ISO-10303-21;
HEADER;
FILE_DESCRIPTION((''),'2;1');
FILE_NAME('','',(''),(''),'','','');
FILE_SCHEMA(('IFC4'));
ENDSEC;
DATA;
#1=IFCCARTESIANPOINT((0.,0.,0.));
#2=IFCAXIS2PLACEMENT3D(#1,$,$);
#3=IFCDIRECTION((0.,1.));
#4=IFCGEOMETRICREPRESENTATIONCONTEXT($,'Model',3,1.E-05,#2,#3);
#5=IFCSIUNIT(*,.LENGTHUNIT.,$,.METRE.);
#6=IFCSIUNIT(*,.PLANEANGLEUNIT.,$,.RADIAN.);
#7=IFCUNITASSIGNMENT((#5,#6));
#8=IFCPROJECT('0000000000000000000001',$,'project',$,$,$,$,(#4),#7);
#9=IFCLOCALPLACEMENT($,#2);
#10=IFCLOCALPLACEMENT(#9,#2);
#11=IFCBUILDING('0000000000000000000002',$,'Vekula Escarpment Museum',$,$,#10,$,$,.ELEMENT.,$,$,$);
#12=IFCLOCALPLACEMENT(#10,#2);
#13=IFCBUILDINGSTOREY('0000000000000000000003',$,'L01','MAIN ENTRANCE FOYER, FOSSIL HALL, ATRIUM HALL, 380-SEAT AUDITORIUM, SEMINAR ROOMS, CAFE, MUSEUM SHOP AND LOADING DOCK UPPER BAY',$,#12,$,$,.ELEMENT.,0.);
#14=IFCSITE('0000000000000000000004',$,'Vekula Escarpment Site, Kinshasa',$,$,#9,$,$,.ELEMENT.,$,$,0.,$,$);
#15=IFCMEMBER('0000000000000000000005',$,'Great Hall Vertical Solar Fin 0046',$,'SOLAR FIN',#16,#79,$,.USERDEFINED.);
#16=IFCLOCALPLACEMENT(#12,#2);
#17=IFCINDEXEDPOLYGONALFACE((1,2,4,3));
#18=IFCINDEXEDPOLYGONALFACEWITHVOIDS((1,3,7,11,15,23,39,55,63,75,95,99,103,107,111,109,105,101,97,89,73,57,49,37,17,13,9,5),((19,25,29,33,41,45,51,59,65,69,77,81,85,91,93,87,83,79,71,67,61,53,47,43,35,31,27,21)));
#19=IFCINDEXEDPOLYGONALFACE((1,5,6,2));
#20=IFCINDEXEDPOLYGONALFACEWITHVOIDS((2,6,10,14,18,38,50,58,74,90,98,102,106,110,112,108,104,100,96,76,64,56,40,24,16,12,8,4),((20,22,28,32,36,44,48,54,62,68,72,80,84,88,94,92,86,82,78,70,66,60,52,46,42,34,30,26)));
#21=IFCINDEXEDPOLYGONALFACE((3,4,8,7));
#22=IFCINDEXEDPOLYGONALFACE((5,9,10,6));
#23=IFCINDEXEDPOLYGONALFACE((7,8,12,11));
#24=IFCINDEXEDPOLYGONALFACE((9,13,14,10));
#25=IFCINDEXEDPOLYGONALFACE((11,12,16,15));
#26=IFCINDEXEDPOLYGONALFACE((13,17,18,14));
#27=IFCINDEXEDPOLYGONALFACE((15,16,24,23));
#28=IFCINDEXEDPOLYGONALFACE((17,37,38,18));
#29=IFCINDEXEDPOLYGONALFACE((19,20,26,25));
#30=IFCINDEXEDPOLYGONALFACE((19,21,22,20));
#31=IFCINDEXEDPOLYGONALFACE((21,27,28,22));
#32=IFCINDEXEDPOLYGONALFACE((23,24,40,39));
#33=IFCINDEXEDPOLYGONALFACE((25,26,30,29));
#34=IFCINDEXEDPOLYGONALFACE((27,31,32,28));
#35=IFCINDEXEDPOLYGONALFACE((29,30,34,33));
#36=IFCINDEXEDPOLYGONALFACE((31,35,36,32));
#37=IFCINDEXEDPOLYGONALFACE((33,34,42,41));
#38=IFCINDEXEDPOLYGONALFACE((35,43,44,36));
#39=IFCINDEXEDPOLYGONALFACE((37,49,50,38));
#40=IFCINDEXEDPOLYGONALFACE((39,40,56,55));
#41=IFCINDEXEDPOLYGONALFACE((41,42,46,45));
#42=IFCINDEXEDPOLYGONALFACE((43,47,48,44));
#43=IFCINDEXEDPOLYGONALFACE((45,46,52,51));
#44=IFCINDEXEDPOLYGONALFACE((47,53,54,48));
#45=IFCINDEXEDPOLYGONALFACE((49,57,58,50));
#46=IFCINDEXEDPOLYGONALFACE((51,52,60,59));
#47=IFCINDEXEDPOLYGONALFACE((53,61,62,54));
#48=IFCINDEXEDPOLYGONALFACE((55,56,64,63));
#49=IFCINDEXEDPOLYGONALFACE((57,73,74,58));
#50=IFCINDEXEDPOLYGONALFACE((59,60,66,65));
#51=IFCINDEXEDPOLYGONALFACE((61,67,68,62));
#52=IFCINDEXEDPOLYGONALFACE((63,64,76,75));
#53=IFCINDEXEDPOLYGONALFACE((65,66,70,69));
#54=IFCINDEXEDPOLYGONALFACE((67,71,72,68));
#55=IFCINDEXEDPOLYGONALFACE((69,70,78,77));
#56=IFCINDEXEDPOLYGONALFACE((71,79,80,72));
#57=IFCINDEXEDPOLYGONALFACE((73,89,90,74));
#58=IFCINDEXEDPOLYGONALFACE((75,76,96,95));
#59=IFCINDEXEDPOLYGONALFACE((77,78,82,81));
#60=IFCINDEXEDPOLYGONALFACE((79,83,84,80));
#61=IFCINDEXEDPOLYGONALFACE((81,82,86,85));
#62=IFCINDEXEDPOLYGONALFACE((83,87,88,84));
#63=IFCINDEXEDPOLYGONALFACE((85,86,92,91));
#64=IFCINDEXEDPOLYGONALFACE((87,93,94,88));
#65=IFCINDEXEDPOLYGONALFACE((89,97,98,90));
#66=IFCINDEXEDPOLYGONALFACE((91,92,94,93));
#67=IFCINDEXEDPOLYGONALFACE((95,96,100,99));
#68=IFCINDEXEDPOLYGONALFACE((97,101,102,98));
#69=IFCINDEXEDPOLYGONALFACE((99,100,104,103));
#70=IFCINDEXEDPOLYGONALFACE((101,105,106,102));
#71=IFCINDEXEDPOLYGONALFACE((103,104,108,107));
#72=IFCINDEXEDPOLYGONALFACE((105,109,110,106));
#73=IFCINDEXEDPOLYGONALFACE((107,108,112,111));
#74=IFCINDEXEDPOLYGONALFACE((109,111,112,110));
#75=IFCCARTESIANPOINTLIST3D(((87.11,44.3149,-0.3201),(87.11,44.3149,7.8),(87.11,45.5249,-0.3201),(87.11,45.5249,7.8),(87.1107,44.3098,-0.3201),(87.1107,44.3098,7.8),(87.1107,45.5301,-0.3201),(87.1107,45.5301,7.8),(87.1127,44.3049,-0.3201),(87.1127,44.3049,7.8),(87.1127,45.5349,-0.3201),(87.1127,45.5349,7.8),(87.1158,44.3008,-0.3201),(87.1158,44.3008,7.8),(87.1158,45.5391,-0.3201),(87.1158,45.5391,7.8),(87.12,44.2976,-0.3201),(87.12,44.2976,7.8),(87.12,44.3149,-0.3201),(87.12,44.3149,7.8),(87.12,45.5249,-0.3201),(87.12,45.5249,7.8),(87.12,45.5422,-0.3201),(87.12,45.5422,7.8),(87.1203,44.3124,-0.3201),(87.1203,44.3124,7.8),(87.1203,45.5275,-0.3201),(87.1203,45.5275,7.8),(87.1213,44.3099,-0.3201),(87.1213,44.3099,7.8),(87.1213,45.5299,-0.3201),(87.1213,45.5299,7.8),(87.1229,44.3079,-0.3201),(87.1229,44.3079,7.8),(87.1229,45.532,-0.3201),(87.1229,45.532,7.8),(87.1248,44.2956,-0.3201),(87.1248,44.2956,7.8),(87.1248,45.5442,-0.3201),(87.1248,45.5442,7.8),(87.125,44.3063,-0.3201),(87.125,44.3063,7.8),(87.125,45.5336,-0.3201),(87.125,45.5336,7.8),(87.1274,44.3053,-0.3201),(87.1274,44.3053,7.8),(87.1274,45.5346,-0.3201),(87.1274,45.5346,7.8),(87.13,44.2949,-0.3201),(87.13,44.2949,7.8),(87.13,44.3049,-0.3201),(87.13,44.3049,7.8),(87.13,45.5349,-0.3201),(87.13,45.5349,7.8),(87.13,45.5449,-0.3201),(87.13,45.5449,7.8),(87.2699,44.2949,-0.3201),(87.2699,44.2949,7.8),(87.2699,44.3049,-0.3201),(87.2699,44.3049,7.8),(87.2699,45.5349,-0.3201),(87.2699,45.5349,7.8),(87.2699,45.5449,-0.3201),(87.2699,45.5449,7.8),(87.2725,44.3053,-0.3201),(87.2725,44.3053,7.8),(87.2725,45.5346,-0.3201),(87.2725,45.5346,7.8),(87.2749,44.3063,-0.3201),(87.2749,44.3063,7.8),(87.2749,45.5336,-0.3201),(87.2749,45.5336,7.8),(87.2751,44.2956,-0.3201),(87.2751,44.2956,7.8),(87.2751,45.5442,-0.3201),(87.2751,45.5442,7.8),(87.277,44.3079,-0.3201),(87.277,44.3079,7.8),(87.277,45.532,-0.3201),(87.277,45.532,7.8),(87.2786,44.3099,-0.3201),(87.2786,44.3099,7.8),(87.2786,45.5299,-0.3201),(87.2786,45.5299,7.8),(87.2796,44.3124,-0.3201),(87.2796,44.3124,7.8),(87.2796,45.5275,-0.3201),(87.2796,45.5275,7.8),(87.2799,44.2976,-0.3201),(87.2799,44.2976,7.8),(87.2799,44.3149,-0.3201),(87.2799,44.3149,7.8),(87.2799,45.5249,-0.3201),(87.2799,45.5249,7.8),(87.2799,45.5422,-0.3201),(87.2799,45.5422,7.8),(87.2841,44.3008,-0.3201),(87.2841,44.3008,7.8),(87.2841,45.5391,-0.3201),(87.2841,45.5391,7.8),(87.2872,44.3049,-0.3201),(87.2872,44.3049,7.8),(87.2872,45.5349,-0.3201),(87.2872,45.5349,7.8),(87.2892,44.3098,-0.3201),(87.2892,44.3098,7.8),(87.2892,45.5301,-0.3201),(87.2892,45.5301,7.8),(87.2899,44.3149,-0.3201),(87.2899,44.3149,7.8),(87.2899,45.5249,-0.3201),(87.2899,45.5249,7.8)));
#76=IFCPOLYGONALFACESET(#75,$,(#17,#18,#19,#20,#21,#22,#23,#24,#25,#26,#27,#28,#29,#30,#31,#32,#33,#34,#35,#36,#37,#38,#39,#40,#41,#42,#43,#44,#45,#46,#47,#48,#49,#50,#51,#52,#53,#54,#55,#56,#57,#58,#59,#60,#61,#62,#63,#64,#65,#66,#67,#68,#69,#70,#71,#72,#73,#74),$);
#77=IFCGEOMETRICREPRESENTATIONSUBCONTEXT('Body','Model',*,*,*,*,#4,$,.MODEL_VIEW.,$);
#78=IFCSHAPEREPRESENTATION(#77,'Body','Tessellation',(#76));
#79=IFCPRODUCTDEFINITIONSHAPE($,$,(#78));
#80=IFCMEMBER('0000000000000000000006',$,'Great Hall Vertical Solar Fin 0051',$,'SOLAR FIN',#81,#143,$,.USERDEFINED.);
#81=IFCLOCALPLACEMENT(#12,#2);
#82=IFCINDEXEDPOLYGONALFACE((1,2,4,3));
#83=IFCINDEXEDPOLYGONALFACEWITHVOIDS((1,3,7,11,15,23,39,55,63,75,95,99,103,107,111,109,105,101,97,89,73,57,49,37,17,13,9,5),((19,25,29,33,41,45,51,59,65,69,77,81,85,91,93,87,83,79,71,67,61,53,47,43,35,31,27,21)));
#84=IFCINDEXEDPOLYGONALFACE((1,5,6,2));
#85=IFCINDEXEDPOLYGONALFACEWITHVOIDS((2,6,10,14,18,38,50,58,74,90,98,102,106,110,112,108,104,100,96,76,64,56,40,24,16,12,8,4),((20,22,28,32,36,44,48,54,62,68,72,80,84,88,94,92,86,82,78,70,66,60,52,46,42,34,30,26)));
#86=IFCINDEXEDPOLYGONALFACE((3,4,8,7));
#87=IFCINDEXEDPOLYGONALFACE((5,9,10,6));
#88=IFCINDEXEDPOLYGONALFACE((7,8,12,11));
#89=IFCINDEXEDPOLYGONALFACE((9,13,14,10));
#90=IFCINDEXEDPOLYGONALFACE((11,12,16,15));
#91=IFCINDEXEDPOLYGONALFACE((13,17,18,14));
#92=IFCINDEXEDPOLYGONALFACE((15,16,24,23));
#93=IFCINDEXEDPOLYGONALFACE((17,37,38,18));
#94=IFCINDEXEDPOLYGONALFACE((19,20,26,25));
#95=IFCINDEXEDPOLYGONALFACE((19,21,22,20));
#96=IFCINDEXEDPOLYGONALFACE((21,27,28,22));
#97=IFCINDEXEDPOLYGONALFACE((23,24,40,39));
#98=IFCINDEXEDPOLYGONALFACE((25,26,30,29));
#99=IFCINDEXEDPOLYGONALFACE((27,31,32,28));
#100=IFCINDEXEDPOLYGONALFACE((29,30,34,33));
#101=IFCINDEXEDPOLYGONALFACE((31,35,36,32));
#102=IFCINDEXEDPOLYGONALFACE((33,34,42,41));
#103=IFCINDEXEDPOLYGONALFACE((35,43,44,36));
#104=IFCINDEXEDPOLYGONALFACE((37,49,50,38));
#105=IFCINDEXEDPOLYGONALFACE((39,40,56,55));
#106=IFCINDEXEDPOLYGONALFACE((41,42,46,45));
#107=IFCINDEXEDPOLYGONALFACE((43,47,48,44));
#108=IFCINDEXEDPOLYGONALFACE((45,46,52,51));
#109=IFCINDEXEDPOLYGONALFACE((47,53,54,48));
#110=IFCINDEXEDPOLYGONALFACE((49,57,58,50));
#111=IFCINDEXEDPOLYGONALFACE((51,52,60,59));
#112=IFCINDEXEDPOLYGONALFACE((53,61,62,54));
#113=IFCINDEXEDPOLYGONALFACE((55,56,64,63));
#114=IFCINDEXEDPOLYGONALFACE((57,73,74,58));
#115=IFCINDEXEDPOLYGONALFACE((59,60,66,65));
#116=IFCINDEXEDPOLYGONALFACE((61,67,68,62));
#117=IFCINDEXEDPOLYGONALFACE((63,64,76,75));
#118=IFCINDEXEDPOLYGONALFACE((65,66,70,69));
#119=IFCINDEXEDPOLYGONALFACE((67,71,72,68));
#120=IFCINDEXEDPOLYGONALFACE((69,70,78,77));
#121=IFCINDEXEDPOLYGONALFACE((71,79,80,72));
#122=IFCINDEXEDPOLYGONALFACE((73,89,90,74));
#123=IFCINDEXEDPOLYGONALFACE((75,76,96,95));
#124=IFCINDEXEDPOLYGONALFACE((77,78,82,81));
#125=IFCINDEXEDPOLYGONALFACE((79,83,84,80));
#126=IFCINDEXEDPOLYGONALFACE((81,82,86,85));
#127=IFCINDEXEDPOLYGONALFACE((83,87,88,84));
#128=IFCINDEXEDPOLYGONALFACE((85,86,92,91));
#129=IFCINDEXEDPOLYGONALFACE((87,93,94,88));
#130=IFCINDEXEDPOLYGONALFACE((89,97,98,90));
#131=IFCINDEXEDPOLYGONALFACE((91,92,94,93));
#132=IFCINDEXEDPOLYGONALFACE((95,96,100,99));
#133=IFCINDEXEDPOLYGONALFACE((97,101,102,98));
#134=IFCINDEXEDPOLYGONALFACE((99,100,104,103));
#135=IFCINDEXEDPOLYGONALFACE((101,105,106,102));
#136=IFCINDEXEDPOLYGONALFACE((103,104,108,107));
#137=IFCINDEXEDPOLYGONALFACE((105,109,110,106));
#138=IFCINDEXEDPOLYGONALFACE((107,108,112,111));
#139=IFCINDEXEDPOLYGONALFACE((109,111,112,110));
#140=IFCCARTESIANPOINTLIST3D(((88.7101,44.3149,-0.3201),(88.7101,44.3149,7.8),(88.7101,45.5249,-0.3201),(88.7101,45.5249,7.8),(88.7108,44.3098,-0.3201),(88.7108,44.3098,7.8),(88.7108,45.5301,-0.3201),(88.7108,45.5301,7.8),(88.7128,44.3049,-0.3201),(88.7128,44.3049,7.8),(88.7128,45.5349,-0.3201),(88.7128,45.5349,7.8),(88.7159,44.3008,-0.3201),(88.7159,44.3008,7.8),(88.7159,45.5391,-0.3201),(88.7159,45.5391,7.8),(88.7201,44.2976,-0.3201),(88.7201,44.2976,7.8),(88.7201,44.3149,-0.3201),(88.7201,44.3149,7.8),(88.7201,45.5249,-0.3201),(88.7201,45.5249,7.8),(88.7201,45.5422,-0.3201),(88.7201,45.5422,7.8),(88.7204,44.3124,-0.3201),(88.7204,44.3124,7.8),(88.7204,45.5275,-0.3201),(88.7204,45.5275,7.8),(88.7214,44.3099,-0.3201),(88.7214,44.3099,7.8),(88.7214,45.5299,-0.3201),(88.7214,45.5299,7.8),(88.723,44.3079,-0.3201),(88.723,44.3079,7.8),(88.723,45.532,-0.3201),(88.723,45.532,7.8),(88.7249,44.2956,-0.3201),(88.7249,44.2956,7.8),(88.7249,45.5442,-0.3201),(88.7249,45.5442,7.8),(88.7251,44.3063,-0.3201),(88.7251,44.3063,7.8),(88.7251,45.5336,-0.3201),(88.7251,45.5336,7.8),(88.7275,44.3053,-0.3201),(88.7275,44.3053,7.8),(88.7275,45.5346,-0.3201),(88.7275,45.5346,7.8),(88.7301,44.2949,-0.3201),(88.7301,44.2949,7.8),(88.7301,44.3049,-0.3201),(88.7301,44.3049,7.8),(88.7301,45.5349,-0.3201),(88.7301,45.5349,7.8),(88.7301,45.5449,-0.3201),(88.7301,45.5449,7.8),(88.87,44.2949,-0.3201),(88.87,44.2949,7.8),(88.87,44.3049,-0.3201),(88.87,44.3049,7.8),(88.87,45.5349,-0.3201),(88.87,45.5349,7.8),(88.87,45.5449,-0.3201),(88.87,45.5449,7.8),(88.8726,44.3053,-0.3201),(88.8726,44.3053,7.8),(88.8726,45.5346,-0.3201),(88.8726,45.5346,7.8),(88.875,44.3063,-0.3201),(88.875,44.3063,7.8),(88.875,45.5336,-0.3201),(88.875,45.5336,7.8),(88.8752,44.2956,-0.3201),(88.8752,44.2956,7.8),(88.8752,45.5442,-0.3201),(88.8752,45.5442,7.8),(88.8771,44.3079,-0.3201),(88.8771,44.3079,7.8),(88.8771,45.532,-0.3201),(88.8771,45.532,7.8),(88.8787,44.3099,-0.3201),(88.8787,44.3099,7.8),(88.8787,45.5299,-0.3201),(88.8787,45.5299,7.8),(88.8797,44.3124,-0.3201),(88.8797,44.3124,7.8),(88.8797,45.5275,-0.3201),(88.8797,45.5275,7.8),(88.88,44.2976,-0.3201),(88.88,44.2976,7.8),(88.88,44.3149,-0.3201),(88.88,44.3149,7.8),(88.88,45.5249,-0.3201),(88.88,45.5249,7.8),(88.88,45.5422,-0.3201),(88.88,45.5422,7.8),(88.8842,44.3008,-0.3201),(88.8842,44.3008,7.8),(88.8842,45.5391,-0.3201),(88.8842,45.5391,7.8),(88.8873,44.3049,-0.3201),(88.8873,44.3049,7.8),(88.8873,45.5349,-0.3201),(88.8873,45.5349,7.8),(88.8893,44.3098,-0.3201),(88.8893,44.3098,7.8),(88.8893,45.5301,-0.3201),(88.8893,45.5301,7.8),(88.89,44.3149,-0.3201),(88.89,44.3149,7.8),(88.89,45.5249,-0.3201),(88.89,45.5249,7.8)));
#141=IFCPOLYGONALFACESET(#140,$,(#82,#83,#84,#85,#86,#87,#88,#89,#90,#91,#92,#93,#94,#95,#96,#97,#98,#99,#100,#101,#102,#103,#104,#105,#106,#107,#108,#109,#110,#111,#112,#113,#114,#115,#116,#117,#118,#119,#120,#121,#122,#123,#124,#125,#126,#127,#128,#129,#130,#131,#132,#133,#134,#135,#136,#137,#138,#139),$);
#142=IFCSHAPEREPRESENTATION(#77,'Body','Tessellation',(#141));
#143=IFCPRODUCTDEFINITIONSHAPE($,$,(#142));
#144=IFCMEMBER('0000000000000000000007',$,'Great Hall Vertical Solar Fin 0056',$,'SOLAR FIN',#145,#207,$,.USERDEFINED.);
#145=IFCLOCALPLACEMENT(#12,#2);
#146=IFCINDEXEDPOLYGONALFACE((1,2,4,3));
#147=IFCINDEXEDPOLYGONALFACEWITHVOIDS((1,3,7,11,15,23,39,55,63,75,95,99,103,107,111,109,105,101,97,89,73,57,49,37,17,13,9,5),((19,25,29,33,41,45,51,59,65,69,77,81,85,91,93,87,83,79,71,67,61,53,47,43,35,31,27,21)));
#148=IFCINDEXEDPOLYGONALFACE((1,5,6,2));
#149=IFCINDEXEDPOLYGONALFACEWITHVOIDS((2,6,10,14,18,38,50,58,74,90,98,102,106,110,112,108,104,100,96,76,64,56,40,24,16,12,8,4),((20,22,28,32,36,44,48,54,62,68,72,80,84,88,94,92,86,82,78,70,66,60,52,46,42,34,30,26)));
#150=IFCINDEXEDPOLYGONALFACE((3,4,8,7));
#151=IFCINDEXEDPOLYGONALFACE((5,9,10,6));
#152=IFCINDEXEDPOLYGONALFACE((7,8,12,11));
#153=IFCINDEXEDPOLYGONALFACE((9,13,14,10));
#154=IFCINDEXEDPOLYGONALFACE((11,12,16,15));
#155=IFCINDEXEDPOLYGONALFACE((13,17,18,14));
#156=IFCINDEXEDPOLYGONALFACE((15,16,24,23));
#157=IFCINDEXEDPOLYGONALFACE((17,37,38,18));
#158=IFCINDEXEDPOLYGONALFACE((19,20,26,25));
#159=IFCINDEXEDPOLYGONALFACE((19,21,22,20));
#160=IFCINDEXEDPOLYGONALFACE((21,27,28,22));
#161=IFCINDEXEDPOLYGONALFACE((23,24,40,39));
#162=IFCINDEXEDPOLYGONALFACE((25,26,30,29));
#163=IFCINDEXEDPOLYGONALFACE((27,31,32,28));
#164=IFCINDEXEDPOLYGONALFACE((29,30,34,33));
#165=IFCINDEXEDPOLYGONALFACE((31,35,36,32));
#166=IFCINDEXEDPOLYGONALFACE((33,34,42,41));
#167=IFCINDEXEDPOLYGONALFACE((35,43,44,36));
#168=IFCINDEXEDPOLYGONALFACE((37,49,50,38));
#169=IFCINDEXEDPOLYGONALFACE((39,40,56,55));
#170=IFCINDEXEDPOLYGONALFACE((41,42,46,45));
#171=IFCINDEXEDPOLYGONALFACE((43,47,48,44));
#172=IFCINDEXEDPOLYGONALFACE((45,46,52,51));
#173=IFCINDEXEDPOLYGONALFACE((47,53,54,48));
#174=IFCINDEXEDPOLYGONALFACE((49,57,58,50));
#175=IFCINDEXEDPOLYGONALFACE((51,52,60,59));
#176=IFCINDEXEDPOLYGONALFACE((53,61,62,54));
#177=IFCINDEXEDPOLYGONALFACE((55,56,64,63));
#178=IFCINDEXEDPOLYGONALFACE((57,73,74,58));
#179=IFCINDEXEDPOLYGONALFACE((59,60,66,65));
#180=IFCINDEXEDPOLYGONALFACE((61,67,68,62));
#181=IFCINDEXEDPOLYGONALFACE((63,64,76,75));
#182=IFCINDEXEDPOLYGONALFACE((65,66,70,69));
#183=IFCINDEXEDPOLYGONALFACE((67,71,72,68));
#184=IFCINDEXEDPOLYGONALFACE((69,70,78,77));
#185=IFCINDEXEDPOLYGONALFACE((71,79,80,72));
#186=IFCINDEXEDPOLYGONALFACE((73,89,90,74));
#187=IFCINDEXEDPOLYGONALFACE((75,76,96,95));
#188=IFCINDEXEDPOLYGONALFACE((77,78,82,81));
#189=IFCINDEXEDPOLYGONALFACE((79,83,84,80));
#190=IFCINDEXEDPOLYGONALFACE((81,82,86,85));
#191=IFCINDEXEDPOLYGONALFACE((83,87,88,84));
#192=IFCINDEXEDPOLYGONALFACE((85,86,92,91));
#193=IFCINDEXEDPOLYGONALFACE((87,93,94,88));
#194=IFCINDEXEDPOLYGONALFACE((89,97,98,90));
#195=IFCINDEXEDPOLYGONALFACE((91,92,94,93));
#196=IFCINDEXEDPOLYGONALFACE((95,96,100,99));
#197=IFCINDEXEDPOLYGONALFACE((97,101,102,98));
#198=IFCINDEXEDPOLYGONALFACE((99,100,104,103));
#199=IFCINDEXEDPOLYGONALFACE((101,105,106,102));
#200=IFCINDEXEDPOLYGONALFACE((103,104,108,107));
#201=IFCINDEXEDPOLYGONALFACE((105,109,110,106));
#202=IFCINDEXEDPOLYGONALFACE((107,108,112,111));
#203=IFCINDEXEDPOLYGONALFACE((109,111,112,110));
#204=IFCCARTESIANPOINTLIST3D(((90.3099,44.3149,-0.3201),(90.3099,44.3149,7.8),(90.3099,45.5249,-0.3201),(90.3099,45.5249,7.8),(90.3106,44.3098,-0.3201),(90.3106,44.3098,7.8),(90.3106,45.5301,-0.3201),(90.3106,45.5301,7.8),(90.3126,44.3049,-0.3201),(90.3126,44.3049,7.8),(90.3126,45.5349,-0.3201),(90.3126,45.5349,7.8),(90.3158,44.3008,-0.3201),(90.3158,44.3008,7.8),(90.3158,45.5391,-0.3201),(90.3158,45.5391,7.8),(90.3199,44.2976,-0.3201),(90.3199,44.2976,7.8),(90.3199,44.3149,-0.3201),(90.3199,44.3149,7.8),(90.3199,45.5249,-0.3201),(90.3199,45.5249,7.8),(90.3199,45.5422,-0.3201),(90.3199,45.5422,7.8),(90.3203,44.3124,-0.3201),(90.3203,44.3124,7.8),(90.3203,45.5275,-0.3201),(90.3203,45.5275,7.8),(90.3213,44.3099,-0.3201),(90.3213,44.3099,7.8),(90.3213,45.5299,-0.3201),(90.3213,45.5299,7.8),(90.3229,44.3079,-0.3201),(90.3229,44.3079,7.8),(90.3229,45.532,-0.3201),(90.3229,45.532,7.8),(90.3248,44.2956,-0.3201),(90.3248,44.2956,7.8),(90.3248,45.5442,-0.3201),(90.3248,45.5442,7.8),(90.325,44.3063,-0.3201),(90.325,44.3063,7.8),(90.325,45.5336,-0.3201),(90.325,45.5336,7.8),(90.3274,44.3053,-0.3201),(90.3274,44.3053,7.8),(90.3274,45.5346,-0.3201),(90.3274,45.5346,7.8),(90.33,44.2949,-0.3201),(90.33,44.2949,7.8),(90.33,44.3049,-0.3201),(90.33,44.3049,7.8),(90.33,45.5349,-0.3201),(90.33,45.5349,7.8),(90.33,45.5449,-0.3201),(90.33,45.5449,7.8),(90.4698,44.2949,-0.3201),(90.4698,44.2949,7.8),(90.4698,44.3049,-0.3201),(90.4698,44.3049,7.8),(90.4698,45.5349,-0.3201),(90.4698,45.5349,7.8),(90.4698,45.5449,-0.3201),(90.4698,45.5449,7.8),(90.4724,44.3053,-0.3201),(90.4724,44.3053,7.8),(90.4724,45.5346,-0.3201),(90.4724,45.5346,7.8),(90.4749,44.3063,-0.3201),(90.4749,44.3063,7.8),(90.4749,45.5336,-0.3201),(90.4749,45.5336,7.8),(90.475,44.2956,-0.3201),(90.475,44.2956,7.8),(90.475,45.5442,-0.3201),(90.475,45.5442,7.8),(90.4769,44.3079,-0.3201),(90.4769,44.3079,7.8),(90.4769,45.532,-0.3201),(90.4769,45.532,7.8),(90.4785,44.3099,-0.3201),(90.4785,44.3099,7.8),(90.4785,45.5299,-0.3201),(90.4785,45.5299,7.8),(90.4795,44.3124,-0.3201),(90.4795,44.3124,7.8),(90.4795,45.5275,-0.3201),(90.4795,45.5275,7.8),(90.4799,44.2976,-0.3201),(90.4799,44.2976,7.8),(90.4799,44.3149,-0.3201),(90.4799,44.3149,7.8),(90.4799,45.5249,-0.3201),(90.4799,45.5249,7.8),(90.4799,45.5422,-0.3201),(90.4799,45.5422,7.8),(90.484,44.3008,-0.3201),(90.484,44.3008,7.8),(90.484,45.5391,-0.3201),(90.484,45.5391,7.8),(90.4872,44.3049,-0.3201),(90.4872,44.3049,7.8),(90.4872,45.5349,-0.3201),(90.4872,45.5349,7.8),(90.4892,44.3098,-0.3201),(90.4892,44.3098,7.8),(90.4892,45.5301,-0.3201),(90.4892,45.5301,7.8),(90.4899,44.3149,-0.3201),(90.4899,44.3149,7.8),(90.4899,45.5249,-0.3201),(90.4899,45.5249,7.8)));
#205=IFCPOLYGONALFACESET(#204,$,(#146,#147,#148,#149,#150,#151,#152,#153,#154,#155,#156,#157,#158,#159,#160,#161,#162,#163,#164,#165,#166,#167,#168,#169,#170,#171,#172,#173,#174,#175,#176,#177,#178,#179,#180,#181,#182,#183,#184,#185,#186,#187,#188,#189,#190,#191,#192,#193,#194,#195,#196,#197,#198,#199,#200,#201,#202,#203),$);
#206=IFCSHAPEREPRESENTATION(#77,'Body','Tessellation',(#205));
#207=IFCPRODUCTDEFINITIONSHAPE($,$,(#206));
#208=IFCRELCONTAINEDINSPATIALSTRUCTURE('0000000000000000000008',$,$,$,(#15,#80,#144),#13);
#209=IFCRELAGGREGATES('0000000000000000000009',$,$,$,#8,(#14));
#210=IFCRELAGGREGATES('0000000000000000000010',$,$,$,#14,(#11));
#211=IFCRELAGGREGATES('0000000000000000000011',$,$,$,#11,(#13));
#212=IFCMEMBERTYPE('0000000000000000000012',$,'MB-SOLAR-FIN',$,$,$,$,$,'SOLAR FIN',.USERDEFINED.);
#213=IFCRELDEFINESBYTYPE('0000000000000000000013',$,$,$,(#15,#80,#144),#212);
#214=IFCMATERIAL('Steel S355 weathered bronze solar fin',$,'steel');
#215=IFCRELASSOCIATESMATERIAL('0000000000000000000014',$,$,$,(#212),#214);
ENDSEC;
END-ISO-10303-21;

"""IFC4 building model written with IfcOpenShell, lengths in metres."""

from ifc_helpers import new_model, si_unit, direction, frame, origin, origin_2d, place, context, subcontext, project, spatial, hollow_rectangle, extrude, material, material_profile, profile_set, type_object, element, save


model = new_model("IFC4")

# Units and contexts
model_context = context("Model", 3, precision=1e-05, world=origin(), true_north=direction((0.0, 1.0)))
body_context = subcontext(model_context, "Body", "Model", "MODEL_VIEW")
ifc_project = project(units=[si_unit("LENGTHUNIT", "METRE"), si_unit("PLANEANGLEUNIT", "RADIAN")], contexts=[model_context])

# Site, building, storey
site_placement = place(None, origin())
site = spatial("IfcSite", under=ifc_project, at=site_placement, Name="Vekula Escarpment Site, Kinshasa", CompositionType="ELEMENT", RefElevation=0.0)
building_placement = place(site_placement, origin())
building = spatial("IfcBuilding", under=site, at=building_placement, Name="Vekula Escarpment Museum", CompositionType="ELEMENT")
storey_placement = place(building_placement, origin())
storey = spatial("IfcBuildingStorey", under=building, at=storey_placement, Name="L01", Description="MAIN ENTRANCE FOYER, FOSSIL HALL, ATRIUM HALL, 380-SEAT AUDITORIUM, SEMINAR ROOMS, CAFE, MUSEUM SHOP AND LOADING DOCK UPPER BAY", CompositionType="ELEMENT", Elevation=0.0)

# Members
ifc_material_1 = material(Name="Steel S355 weathered bronze solar fin", Category="steel")
ifc_material_profile_1 = material_profile(ifc_material_1, hollow_rectangle(XDim=0.1799, YDim=1.25, WallThickness=0.01, InnerFilletRadius=0.01, OuterFilletRadius=0.02, at=origin_2d()), Name="RHS 1250x180x10")
ifc_profile_set_1 = profile_set([ifc_material_profile_1], Name="Steel S355 weathered bronze solar fin")
member_type_1 = type_object("IfcMemberType", Name="MB-SOLAR-FIN", ElementType="SOLAR FIN", PredefinedType="USERDEFINED", material=ifc_profile_set_1)
for number, where, z_axis, x_axis, name in (
    (1, (87.2, 44.9199, -0.3201), (0.0, 0.0, 1.0), (1.0, 0.0, 0.0), "Great Hall Vertical Solar Fin 0046"),
    (2, (88.8, 44.9199, -0.3201), (0.0, 0.0, 1.0), (1.0, 0.0, 0.0), "Great Hall Vertical Solar Fin 0051"),
    (3, (90.3999, 44.9199, -0.3201), (0.0, 0.0, 1.0), (1.0, 0.0, 0.0), "Great Hall Vertical Solar Fin 0056"),
):
    element("IfcMember", number, at=place(storey_placement, frame(where, z_axis=z_axis, x_axis=x_axis)), inside=storey, type_object=member_type_1, Name=name, ObjectType="SOLAR FIN", PredefinedType="USERDEFINED", context=body_context, shape_type="SweptSolid", body=[
        extrude(hollow_rectangle(XDim=0.1799, YDim=1.25, WallThickness=0.01, InnerFilletRadius=0.01, OuterFilletRadius=0.02, at=origin_2d()), origin(), (0.0, 0.0, 1.0), 8.1201),
    ])

save(model, "model.ifc")
